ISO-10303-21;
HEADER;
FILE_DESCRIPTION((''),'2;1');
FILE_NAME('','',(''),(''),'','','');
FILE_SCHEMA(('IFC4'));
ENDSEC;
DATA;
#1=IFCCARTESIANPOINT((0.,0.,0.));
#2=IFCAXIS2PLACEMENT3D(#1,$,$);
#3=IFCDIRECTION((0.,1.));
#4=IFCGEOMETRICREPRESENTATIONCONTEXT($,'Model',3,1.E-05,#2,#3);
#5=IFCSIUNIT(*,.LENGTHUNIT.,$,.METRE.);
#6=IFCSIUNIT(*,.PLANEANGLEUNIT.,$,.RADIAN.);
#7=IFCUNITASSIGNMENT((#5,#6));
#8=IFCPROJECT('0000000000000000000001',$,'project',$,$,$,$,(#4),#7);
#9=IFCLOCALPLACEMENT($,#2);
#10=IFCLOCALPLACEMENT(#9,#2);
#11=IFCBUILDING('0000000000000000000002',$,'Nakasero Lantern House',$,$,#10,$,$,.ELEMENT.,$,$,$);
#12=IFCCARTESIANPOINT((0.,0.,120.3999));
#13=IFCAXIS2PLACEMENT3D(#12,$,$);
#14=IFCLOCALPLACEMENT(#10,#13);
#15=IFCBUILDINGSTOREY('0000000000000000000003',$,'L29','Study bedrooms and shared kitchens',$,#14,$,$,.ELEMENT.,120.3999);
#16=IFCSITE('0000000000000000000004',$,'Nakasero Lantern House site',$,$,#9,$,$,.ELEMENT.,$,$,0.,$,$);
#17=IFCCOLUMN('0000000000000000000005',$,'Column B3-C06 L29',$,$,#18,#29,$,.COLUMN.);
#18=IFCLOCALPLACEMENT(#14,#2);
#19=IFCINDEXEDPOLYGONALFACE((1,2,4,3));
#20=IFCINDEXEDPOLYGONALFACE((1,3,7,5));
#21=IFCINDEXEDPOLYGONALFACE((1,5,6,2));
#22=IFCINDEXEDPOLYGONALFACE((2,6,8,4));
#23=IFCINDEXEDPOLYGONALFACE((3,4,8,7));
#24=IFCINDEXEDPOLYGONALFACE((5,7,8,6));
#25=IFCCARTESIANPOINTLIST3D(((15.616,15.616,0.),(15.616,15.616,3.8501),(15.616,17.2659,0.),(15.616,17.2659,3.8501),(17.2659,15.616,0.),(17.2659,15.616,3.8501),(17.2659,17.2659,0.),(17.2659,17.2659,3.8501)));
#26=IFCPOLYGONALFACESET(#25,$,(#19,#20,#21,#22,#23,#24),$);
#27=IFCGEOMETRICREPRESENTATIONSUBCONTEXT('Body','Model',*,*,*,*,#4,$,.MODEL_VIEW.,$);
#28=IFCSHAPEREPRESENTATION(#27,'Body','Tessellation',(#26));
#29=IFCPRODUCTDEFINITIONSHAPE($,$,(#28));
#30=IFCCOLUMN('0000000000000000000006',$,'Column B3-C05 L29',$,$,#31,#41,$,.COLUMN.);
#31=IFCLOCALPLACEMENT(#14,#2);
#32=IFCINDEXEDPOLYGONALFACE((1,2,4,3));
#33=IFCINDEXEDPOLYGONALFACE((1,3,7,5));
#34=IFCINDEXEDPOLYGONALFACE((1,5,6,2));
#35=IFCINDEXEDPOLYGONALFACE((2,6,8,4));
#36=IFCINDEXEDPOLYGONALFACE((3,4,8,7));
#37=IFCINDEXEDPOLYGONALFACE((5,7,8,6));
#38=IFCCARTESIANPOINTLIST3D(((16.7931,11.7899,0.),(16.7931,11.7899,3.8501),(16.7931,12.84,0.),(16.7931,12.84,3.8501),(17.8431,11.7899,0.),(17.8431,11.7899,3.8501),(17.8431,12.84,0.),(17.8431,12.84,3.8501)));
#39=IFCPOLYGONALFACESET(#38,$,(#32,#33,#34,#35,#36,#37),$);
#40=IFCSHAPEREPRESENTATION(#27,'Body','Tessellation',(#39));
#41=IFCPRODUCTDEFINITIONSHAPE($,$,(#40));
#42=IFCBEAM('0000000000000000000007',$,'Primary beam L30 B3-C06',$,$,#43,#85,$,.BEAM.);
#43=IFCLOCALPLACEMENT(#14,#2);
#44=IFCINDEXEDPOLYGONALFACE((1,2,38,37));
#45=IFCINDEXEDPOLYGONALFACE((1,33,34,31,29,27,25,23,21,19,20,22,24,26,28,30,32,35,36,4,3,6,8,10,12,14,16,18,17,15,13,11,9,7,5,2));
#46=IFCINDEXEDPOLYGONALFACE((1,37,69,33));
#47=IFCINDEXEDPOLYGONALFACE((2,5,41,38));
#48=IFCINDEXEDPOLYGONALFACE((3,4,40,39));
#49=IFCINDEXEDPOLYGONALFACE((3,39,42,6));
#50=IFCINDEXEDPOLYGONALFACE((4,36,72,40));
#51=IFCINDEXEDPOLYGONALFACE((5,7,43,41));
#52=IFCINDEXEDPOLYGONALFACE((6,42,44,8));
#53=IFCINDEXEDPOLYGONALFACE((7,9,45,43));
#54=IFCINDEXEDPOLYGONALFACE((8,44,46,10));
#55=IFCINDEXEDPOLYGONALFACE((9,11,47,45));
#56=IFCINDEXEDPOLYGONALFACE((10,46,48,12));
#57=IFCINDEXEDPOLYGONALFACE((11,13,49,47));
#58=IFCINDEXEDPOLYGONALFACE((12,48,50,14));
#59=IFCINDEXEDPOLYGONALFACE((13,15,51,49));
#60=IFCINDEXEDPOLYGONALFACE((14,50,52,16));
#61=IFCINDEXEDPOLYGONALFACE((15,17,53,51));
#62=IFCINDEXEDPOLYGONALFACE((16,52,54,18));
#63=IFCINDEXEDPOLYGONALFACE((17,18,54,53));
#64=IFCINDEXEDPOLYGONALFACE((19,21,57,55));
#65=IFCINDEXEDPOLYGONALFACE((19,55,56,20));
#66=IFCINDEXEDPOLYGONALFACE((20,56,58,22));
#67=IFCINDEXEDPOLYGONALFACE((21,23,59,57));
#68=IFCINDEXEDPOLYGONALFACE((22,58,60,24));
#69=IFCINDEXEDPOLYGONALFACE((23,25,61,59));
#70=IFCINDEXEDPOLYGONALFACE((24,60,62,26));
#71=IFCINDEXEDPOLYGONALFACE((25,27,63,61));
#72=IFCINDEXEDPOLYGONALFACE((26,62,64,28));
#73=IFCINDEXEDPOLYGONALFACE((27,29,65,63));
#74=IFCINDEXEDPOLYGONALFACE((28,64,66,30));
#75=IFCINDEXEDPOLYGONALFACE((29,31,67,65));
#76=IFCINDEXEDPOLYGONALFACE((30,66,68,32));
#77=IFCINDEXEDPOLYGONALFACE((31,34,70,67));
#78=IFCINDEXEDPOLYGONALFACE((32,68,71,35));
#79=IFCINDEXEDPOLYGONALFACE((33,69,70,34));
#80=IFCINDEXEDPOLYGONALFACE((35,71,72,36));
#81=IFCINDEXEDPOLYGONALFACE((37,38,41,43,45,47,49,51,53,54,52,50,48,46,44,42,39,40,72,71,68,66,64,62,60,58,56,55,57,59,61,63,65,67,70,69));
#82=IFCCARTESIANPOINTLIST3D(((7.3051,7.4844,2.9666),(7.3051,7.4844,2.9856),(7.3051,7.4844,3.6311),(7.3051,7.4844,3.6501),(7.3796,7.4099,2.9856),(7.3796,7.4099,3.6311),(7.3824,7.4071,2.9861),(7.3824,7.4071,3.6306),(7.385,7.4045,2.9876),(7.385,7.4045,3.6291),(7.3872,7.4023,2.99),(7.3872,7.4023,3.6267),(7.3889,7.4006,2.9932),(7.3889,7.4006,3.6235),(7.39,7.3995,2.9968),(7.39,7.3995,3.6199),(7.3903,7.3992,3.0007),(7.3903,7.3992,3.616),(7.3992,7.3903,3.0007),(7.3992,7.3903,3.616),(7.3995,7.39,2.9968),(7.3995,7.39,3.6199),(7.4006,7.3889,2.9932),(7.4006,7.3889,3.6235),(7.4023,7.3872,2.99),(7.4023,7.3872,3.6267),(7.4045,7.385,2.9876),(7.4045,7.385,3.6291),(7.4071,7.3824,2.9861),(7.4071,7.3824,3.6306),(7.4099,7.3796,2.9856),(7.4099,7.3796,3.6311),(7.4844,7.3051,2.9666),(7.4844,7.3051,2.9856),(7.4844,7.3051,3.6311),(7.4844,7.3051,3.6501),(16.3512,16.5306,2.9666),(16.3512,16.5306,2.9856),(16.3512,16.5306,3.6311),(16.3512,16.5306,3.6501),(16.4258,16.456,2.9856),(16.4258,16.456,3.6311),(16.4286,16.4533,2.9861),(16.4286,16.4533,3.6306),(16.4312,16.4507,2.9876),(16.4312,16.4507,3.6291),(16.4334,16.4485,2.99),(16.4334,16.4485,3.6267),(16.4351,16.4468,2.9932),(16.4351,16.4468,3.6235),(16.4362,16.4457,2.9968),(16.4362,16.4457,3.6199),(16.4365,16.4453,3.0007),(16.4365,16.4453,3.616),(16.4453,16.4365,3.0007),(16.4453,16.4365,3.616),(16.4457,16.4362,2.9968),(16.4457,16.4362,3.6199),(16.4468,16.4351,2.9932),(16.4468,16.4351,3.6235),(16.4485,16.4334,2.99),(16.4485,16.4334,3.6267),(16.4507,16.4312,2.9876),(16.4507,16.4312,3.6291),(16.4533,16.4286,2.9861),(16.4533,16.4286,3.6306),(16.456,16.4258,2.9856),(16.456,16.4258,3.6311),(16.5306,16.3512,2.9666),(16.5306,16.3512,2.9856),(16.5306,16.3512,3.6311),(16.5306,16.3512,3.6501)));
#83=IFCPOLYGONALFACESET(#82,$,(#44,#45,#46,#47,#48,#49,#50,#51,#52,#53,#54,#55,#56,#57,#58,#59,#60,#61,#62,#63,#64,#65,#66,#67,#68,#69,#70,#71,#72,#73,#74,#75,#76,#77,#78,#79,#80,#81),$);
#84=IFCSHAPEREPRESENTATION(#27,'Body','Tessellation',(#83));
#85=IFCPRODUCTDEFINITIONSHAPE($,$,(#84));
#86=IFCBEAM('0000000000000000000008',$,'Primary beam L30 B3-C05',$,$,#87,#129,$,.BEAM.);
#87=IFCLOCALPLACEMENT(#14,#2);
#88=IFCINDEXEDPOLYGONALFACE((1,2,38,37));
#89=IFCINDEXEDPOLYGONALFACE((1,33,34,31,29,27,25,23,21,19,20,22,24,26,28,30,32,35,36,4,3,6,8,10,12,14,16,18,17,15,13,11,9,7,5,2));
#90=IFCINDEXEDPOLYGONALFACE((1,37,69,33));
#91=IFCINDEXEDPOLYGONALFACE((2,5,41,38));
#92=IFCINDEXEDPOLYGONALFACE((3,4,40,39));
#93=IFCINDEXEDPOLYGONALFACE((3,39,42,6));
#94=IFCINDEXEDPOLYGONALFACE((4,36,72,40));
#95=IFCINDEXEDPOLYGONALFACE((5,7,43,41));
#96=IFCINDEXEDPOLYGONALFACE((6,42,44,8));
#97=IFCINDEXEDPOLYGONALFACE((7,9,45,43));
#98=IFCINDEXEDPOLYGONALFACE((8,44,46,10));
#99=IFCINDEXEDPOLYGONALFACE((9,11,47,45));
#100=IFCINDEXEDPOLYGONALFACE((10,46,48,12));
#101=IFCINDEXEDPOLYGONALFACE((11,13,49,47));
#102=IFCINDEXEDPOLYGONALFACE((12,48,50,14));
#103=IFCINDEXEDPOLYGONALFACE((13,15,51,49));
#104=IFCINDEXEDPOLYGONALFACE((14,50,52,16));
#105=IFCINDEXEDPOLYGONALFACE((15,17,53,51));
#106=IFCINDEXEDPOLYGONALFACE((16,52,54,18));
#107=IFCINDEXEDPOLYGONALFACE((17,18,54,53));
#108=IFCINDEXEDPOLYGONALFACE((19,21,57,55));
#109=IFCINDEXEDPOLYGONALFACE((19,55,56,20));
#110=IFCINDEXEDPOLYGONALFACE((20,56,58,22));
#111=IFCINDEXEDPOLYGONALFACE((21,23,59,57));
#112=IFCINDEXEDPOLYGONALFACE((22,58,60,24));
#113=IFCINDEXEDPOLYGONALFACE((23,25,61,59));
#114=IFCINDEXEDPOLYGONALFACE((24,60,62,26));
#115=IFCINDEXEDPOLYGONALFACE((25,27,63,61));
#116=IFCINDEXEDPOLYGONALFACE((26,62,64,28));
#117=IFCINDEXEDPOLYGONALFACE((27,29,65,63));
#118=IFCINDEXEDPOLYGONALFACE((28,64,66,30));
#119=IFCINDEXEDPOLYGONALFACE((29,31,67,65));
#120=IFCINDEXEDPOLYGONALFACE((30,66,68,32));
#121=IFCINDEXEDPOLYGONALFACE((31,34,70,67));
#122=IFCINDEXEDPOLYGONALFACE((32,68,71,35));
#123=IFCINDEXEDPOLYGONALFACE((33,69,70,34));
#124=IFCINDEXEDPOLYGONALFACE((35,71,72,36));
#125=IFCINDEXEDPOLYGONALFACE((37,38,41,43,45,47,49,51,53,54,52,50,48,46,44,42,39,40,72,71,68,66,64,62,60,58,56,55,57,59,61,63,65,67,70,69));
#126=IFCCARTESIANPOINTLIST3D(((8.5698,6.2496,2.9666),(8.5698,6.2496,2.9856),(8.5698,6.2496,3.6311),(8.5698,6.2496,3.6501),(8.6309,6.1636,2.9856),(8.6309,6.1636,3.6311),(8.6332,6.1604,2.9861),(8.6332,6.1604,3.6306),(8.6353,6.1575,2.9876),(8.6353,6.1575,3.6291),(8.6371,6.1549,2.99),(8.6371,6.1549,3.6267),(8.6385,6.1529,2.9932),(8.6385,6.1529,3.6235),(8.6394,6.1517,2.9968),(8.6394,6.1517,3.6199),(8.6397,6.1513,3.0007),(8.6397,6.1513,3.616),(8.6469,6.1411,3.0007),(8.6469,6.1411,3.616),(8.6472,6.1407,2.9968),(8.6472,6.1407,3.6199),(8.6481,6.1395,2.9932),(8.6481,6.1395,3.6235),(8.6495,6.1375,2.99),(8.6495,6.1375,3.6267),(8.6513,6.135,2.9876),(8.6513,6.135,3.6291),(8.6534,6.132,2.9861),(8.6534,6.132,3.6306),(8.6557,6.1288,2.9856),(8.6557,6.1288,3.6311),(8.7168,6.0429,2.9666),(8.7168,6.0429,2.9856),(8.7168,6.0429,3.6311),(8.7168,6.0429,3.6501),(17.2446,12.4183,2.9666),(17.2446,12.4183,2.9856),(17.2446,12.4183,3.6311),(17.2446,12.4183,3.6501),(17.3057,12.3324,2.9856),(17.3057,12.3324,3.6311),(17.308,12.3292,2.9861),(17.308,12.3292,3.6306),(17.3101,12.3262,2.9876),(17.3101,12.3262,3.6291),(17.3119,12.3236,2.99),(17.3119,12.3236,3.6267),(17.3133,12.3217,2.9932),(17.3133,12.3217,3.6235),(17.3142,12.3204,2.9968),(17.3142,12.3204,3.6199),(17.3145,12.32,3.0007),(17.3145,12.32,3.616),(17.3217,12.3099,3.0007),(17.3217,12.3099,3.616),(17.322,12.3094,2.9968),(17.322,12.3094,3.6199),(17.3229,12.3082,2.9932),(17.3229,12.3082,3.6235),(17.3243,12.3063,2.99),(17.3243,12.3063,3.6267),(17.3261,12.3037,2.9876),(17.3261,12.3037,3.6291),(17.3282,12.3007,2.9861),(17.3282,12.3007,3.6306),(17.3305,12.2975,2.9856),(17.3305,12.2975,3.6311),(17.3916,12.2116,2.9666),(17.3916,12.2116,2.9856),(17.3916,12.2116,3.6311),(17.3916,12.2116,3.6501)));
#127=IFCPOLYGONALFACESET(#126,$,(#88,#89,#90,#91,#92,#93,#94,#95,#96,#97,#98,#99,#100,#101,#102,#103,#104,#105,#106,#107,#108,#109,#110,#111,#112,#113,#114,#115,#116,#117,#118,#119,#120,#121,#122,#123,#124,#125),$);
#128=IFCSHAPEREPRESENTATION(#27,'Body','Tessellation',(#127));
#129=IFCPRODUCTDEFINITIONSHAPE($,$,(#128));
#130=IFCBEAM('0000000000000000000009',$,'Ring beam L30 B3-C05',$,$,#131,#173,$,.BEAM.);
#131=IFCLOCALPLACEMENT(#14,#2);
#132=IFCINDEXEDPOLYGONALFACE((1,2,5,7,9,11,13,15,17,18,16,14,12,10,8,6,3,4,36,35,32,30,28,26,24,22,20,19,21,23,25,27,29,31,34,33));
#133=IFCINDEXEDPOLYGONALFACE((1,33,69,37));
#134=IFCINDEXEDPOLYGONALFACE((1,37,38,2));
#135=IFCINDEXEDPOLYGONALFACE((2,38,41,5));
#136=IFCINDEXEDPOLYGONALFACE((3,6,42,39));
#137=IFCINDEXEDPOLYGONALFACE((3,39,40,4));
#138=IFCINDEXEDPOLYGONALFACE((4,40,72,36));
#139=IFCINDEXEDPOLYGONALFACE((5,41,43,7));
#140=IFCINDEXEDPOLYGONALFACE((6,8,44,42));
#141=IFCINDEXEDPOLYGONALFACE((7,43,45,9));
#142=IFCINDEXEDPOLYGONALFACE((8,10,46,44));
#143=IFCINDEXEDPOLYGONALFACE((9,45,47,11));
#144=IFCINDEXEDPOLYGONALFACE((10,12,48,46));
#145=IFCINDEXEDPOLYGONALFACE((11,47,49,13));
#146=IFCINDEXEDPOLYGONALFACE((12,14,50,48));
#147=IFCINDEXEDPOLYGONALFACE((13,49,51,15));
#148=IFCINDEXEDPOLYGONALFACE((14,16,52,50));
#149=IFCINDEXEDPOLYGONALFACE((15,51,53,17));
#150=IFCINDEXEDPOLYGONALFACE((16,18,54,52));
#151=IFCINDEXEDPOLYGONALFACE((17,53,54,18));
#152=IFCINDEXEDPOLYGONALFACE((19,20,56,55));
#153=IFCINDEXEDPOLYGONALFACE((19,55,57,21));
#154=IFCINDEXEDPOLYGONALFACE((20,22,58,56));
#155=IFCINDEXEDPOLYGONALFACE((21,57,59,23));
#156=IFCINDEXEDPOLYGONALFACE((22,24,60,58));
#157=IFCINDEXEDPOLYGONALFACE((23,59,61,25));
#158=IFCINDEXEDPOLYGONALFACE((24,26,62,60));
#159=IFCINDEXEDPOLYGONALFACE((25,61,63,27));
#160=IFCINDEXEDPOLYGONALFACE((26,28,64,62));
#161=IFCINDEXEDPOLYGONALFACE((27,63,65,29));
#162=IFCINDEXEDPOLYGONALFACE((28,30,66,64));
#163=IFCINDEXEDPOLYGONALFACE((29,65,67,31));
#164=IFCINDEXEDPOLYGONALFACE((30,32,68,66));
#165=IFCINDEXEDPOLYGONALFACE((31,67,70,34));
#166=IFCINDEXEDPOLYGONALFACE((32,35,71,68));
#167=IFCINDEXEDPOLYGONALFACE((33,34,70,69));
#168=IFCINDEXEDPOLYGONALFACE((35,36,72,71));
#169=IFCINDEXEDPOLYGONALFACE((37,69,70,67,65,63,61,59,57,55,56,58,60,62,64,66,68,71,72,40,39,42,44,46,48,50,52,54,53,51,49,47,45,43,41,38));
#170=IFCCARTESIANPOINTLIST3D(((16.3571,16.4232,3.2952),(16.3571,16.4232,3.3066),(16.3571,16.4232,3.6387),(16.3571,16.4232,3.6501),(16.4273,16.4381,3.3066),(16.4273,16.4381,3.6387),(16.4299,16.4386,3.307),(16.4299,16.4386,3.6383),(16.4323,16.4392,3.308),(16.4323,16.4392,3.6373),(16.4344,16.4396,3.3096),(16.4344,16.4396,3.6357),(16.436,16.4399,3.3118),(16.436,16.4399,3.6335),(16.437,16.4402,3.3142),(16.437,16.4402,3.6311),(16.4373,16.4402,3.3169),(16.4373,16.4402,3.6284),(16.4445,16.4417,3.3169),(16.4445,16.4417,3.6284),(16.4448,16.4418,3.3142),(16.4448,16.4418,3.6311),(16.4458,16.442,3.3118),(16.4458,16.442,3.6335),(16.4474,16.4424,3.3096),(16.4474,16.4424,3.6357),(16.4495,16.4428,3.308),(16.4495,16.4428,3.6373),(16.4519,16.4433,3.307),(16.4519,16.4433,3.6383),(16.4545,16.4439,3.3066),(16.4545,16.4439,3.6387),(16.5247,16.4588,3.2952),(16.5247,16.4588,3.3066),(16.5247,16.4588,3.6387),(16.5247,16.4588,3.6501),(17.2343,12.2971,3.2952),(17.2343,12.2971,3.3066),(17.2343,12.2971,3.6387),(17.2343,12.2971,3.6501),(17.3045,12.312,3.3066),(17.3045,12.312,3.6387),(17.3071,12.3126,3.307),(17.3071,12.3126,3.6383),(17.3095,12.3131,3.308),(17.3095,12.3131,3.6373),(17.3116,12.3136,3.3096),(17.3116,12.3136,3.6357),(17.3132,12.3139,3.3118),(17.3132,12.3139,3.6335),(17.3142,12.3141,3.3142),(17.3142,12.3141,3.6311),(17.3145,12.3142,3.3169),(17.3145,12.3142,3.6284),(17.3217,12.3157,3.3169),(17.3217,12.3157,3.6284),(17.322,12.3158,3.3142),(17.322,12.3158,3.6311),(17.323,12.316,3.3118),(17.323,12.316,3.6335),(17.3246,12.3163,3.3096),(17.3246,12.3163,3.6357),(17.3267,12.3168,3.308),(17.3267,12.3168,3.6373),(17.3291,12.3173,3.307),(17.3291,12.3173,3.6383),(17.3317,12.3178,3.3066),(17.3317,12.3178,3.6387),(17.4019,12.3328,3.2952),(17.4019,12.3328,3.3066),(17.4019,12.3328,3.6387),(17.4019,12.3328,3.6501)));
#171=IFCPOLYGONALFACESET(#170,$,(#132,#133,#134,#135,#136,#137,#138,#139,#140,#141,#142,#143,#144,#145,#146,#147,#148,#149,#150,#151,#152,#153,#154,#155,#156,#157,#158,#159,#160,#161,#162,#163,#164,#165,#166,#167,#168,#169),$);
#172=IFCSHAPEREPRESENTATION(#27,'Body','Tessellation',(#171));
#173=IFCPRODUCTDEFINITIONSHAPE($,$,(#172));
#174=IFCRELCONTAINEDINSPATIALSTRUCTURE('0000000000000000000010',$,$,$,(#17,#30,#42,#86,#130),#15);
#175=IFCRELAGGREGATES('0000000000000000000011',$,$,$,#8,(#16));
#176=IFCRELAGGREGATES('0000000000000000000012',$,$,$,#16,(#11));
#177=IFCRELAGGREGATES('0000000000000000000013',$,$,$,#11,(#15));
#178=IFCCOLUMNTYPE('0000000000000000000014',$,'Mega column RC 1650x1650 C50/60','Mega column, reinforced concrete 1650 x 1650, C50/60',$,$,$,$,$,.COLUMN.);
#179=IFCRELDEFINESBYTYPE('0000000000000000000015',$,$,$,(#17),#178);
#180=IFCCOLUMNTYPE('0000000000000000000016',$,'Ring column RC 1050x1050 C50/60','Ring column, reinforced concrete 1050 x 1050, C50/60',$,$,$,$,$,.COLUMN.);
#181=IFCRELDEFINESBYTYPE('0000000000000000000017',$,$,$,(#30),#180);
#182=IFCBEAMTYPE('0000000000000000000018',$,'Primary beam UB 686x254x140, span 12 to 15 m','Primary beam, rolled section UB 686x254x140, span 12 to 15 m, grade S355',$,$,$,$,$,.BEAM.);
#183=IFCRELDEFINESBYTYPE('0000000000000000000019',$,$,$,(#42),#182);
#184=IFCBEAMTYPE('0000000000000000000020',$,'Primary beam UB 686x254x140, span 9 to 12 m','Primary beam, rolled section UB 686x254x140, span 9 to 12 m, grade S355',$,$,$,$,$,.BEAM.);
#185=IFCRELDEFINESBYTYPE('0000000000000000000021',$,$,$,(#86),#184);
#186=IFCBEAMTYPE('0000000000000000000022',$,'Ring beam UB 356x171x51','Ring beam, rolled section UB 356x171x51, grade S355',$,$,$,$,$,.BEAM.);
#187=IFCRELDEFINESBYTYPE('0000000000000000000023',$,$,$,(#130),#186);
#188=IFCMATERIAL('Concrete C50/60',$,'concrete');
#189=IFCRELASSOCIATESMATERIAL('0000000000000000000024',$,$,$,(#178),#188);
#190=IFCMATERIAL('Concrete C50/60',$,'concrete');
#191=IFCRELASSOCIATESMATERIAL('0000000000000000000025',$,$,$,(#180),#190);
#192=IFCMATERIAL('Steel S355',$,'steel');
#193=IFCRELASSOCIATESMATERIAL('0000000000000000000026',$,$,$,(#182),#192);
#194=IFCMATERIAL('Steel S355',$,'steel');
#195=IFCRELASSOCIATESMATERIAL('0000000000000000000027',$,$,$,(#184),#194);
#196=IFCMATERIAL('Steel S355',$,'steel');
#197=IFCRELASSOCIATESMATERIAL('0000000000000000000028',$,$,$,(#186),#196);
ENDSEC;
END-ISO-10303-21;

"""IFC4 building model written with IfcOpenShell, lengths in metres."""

from ifc_helpers import new_model, si_unit, direction, frame, origin, origin_2d, place, context, subcontext, project, spatial, rectangle, i_section, extrude, material, material_profile, profile_set, type_object, element, save


model = new_model("IFC4")

# Units and contexts
model_context = context("Model", 3, precision=1e-05, world=origin(), true_north=direction((0.0, 1.0)))
body_context = subcontext(model_context, "Body", "Model", "MODEL_VIEW")
ifc_project = project(units=[si_unit("LENGTHUNIT", "METRE"), si_unit("PLANEANGLEUNIT", "RADIAN")], contexts=[model_context])

# Site, building, storey
site_placement = place(None, origin())
site = spatial("IfcSite", under=ifc_project, at=site_placement, Name="Nakasero Lantern House site", CompositionType="ELEMENT", RefElevation=0.0)
building_placement = place(site_placement, origin())
building = spatial("IfcBuilding", under=site, at=building_placement, Name="Nakasero Lantern House", CompositionType="ELEMENT")
storey_placement = place(building_placement, frame((0.0, 0.0, 120.3999)))
storey = spatial("IfcBuildingStorey", under=building, at=storey_placement, Name="L29", Description="Study bedrooms and shared kitchens", CompositionType="ELEMENT", Elevation=120.3999)

# Columns
ifc_material_1 = material(Name="Concrete C50/60", Category="concrete")
ifc_material_profile_1 = material_profile(ifc_material_1, rectangle(XDim=1.6499, YDim=1.6499, at=origin_2d()), Name="RC 1650x1650")
ifc_profile_set_1 = profile_set([ifc_material_profile_1], Name="Concrete C50/60")
column_type_1 = type_object("IfcColumnType", Name="Mega column RC 1650x1650 C50/60", Description="Mega column, reinforced concrete 1650 x 1650, C50/60", PredefinedType="COLUMN", material=ifc_profile_set_1)
column_1_placement = place(storey_placement, frame((16.4409, 16.4409, 0.0), z_axis=(0.0, 0.0, 1.0), x_axis=(1.0, 0.0, 0.0)))
element("IfcColumn", 1, at=column_1_placement, inside=storey, type_object=column_type_1, Name="Column B3-C06 L29", PredefinedType="COLUMN", context=body_context, shape_type="SweptSolid", body=[
    extrude(rectangle(XDim=1.6499, YDim=1.6499, at=origin_2d()), origin(), (0.0, 0.0, 1.0), 3.8501),
])
ifc_material_2 = material(Name="Concrete C50/60", Category="concrete")
ifc_material_profile_2 = material_profile(ifc_material_2, rectangle(XDim=1.05, YDim=1.05, at=origin_2d()), Name="RC 1050x1050")
ifc_profile_set_2 = profile_set([ifc_material_profile_2], Name="Concrete C50/60")
column_type_2 = type_object("IfcColumnType", Name="Ring column RC 1050x1050 C50/60", Description="Ring column, reinforced concrete 1050 x 1050, C50/60", PredefinedType="COLUMN", material=ifc_profile_set_2)
column_2_placement = place(storey_placement, frame((17.3181, 12.3149, 0.0), z_axis=(0.0, 0.0, 1.0), x_axis=(1.0, 0.0, 0.0)))
element("IfcColumn", 2, at=column_2_placement, inside=storey, type_object=column_type_2, Name="Column B3-C05 L29", PredefinedType="COLUMN", context=body_context, shape_type="SweptSolid", body=[
    extrude(rectangle(XDim=1.05, YDim=1.05, at=origin_2d()), origin(), (0.0, 0.0, 1.0), 3.8501),
])

# Beams
ifc_material_3 = material(Name="Steel S355", Category="steel")
ifc_material_profile_3 = material_profile(ifc_material_3, i_section(OverallWidth=0.2537, OverallDepth=0.6836, WebThickness=0.0125, FlangeThickness=0.019, FilletRadius=0.0151, at=origin_2d()), Name="UB 686x254x140")
ifc_profile_set_3 = profile_set([ifc_material_profile_3], Name="Steel S355")
beam_type_1 = type_object("IfcBeamType", Name="Primary beam UB 686x254x140, span 12 to 15 m", Description="Primary beam, rolled section UB 686x254x140, span 12 to 15 m, grade S355", PredefinedType="BEAM", material=ifc_profile_set_3)
beam_1_placement = place(storey_placement, frame((16.4409, 16.4409, 3.3083), z_axis=(-0.707107, -0.707107, 0.0), x_axis=(0.707107, -0.707107, 0.0)))
element("IfcBeam", 3, at=beam_1_placement, inside=storey, type_object=beam_type_1, Name="Primary beam L30 B3-C06", PredefinedType="BEAM", context=body_context, shape_type="SweptSolid", body=[
    extrude(i_section(OverallWidth=0.2537, OverallDepth=0.6836, WebThickness=0.0125, FlangeThickness=0.019, FilletRadius=0.0151, at=origin_2d()), origin(), (0.0, 0.0, 1.0), 12.7932),
])
ifc_material_4 = material(Name="Steel S355", Category="steel")
ifc_material_profile_4 = material_profile(ifc_material_4, i_section(OverallWidth=0.2537, OverallDepth=0.6836, WebThickness=0.0125, FlangeThickness=0.019, FilletRadius=0.0151, at=origin_2d()), Name="UB 686x254x140")
ifc_profile_set_4 = profile_set([ifc_material_profile_4], Name="Steel S355")
beam_type_2 = type_object("IfcBeamType", Name="Primary beam UB 686x254x140, span 9 to 12 m", Description="Primary beam, rolled section UB 686x254x140, span 9 to 12 m, grade S355", PredefinedType="BEAM", material=ifc_profile_set_4)
beam_2_placement = place(storey_placement, frame((17.3181, 12.3149, 3.3083), z_axis=(-0.814957, -0.579521, 0.0), x_axis=(0.579521, -0.814957, 0.0)))
element("IfcBeam", 4, at=beam_2_placement, inside=storey, type_object=beam_type_2, Name="Primary beam L30 B3-C05", PredefinedType="BEAM", context=body_context, shape_type="SweptSolid", body=[
    extrude(i_section(OverallWidth=0.2537, OverallDepth=0.6836, WebThickness=0.0125, FlangeThickness=0.019, FilletRadius=0.0151, at=origin_2d()), origin(), (0.0, 0.0, 1.0), 10.6445),
])
ifc_material_5 = material(Name="Steel S355", Category="steel")
ifc_material_profile_5 = material_profile(ifc_material_5, i_section(OverallWidth=0.1714, OverallDepth=0.355, WebThickness=0.0073, FlangeThickness=0.0115, FilletRadius=0.0103, at=origin_2d()), Name="UB 356x171x51")
ifc_profile_set_5 = profile_set([ifc_material_profile_5], Name="Steel S355")
beam_type_3 = type_object("IfcBeamType", Name="Ring beam UB 356x171x51", Description="Ring beam, rolled section UB 356x171x51, grade S355", PredefinedType="BEAM", material=ifc_profile_set_5)
beam_3_placement = place(storey_placement, frame((17.3181, 12.3149, 3.4727), z_axis=(-0.207956, 0.978138, 0.0), x_axis=(-0.978138, -0.207956, 0.0)))
element("IfcBeam", 5, at=beam_3_placement, inside=storey, type_object=beam_type_3, Name="Ring beam L30 B3-C05", PredefinedType="BEAM", context=body_context, shape_type="SweptSolid", body=[
    extrude(i_section(OverallWidth=0.1714, OverallDepth=0.355, WebThickness=0.0073, FlangeThickness=0.0115, FilletRadius=0.0103, at=origin_2d()), origin(), (0.0, 0.0, 1.0), 4.2183),
])

save(model, "model.ifc")
